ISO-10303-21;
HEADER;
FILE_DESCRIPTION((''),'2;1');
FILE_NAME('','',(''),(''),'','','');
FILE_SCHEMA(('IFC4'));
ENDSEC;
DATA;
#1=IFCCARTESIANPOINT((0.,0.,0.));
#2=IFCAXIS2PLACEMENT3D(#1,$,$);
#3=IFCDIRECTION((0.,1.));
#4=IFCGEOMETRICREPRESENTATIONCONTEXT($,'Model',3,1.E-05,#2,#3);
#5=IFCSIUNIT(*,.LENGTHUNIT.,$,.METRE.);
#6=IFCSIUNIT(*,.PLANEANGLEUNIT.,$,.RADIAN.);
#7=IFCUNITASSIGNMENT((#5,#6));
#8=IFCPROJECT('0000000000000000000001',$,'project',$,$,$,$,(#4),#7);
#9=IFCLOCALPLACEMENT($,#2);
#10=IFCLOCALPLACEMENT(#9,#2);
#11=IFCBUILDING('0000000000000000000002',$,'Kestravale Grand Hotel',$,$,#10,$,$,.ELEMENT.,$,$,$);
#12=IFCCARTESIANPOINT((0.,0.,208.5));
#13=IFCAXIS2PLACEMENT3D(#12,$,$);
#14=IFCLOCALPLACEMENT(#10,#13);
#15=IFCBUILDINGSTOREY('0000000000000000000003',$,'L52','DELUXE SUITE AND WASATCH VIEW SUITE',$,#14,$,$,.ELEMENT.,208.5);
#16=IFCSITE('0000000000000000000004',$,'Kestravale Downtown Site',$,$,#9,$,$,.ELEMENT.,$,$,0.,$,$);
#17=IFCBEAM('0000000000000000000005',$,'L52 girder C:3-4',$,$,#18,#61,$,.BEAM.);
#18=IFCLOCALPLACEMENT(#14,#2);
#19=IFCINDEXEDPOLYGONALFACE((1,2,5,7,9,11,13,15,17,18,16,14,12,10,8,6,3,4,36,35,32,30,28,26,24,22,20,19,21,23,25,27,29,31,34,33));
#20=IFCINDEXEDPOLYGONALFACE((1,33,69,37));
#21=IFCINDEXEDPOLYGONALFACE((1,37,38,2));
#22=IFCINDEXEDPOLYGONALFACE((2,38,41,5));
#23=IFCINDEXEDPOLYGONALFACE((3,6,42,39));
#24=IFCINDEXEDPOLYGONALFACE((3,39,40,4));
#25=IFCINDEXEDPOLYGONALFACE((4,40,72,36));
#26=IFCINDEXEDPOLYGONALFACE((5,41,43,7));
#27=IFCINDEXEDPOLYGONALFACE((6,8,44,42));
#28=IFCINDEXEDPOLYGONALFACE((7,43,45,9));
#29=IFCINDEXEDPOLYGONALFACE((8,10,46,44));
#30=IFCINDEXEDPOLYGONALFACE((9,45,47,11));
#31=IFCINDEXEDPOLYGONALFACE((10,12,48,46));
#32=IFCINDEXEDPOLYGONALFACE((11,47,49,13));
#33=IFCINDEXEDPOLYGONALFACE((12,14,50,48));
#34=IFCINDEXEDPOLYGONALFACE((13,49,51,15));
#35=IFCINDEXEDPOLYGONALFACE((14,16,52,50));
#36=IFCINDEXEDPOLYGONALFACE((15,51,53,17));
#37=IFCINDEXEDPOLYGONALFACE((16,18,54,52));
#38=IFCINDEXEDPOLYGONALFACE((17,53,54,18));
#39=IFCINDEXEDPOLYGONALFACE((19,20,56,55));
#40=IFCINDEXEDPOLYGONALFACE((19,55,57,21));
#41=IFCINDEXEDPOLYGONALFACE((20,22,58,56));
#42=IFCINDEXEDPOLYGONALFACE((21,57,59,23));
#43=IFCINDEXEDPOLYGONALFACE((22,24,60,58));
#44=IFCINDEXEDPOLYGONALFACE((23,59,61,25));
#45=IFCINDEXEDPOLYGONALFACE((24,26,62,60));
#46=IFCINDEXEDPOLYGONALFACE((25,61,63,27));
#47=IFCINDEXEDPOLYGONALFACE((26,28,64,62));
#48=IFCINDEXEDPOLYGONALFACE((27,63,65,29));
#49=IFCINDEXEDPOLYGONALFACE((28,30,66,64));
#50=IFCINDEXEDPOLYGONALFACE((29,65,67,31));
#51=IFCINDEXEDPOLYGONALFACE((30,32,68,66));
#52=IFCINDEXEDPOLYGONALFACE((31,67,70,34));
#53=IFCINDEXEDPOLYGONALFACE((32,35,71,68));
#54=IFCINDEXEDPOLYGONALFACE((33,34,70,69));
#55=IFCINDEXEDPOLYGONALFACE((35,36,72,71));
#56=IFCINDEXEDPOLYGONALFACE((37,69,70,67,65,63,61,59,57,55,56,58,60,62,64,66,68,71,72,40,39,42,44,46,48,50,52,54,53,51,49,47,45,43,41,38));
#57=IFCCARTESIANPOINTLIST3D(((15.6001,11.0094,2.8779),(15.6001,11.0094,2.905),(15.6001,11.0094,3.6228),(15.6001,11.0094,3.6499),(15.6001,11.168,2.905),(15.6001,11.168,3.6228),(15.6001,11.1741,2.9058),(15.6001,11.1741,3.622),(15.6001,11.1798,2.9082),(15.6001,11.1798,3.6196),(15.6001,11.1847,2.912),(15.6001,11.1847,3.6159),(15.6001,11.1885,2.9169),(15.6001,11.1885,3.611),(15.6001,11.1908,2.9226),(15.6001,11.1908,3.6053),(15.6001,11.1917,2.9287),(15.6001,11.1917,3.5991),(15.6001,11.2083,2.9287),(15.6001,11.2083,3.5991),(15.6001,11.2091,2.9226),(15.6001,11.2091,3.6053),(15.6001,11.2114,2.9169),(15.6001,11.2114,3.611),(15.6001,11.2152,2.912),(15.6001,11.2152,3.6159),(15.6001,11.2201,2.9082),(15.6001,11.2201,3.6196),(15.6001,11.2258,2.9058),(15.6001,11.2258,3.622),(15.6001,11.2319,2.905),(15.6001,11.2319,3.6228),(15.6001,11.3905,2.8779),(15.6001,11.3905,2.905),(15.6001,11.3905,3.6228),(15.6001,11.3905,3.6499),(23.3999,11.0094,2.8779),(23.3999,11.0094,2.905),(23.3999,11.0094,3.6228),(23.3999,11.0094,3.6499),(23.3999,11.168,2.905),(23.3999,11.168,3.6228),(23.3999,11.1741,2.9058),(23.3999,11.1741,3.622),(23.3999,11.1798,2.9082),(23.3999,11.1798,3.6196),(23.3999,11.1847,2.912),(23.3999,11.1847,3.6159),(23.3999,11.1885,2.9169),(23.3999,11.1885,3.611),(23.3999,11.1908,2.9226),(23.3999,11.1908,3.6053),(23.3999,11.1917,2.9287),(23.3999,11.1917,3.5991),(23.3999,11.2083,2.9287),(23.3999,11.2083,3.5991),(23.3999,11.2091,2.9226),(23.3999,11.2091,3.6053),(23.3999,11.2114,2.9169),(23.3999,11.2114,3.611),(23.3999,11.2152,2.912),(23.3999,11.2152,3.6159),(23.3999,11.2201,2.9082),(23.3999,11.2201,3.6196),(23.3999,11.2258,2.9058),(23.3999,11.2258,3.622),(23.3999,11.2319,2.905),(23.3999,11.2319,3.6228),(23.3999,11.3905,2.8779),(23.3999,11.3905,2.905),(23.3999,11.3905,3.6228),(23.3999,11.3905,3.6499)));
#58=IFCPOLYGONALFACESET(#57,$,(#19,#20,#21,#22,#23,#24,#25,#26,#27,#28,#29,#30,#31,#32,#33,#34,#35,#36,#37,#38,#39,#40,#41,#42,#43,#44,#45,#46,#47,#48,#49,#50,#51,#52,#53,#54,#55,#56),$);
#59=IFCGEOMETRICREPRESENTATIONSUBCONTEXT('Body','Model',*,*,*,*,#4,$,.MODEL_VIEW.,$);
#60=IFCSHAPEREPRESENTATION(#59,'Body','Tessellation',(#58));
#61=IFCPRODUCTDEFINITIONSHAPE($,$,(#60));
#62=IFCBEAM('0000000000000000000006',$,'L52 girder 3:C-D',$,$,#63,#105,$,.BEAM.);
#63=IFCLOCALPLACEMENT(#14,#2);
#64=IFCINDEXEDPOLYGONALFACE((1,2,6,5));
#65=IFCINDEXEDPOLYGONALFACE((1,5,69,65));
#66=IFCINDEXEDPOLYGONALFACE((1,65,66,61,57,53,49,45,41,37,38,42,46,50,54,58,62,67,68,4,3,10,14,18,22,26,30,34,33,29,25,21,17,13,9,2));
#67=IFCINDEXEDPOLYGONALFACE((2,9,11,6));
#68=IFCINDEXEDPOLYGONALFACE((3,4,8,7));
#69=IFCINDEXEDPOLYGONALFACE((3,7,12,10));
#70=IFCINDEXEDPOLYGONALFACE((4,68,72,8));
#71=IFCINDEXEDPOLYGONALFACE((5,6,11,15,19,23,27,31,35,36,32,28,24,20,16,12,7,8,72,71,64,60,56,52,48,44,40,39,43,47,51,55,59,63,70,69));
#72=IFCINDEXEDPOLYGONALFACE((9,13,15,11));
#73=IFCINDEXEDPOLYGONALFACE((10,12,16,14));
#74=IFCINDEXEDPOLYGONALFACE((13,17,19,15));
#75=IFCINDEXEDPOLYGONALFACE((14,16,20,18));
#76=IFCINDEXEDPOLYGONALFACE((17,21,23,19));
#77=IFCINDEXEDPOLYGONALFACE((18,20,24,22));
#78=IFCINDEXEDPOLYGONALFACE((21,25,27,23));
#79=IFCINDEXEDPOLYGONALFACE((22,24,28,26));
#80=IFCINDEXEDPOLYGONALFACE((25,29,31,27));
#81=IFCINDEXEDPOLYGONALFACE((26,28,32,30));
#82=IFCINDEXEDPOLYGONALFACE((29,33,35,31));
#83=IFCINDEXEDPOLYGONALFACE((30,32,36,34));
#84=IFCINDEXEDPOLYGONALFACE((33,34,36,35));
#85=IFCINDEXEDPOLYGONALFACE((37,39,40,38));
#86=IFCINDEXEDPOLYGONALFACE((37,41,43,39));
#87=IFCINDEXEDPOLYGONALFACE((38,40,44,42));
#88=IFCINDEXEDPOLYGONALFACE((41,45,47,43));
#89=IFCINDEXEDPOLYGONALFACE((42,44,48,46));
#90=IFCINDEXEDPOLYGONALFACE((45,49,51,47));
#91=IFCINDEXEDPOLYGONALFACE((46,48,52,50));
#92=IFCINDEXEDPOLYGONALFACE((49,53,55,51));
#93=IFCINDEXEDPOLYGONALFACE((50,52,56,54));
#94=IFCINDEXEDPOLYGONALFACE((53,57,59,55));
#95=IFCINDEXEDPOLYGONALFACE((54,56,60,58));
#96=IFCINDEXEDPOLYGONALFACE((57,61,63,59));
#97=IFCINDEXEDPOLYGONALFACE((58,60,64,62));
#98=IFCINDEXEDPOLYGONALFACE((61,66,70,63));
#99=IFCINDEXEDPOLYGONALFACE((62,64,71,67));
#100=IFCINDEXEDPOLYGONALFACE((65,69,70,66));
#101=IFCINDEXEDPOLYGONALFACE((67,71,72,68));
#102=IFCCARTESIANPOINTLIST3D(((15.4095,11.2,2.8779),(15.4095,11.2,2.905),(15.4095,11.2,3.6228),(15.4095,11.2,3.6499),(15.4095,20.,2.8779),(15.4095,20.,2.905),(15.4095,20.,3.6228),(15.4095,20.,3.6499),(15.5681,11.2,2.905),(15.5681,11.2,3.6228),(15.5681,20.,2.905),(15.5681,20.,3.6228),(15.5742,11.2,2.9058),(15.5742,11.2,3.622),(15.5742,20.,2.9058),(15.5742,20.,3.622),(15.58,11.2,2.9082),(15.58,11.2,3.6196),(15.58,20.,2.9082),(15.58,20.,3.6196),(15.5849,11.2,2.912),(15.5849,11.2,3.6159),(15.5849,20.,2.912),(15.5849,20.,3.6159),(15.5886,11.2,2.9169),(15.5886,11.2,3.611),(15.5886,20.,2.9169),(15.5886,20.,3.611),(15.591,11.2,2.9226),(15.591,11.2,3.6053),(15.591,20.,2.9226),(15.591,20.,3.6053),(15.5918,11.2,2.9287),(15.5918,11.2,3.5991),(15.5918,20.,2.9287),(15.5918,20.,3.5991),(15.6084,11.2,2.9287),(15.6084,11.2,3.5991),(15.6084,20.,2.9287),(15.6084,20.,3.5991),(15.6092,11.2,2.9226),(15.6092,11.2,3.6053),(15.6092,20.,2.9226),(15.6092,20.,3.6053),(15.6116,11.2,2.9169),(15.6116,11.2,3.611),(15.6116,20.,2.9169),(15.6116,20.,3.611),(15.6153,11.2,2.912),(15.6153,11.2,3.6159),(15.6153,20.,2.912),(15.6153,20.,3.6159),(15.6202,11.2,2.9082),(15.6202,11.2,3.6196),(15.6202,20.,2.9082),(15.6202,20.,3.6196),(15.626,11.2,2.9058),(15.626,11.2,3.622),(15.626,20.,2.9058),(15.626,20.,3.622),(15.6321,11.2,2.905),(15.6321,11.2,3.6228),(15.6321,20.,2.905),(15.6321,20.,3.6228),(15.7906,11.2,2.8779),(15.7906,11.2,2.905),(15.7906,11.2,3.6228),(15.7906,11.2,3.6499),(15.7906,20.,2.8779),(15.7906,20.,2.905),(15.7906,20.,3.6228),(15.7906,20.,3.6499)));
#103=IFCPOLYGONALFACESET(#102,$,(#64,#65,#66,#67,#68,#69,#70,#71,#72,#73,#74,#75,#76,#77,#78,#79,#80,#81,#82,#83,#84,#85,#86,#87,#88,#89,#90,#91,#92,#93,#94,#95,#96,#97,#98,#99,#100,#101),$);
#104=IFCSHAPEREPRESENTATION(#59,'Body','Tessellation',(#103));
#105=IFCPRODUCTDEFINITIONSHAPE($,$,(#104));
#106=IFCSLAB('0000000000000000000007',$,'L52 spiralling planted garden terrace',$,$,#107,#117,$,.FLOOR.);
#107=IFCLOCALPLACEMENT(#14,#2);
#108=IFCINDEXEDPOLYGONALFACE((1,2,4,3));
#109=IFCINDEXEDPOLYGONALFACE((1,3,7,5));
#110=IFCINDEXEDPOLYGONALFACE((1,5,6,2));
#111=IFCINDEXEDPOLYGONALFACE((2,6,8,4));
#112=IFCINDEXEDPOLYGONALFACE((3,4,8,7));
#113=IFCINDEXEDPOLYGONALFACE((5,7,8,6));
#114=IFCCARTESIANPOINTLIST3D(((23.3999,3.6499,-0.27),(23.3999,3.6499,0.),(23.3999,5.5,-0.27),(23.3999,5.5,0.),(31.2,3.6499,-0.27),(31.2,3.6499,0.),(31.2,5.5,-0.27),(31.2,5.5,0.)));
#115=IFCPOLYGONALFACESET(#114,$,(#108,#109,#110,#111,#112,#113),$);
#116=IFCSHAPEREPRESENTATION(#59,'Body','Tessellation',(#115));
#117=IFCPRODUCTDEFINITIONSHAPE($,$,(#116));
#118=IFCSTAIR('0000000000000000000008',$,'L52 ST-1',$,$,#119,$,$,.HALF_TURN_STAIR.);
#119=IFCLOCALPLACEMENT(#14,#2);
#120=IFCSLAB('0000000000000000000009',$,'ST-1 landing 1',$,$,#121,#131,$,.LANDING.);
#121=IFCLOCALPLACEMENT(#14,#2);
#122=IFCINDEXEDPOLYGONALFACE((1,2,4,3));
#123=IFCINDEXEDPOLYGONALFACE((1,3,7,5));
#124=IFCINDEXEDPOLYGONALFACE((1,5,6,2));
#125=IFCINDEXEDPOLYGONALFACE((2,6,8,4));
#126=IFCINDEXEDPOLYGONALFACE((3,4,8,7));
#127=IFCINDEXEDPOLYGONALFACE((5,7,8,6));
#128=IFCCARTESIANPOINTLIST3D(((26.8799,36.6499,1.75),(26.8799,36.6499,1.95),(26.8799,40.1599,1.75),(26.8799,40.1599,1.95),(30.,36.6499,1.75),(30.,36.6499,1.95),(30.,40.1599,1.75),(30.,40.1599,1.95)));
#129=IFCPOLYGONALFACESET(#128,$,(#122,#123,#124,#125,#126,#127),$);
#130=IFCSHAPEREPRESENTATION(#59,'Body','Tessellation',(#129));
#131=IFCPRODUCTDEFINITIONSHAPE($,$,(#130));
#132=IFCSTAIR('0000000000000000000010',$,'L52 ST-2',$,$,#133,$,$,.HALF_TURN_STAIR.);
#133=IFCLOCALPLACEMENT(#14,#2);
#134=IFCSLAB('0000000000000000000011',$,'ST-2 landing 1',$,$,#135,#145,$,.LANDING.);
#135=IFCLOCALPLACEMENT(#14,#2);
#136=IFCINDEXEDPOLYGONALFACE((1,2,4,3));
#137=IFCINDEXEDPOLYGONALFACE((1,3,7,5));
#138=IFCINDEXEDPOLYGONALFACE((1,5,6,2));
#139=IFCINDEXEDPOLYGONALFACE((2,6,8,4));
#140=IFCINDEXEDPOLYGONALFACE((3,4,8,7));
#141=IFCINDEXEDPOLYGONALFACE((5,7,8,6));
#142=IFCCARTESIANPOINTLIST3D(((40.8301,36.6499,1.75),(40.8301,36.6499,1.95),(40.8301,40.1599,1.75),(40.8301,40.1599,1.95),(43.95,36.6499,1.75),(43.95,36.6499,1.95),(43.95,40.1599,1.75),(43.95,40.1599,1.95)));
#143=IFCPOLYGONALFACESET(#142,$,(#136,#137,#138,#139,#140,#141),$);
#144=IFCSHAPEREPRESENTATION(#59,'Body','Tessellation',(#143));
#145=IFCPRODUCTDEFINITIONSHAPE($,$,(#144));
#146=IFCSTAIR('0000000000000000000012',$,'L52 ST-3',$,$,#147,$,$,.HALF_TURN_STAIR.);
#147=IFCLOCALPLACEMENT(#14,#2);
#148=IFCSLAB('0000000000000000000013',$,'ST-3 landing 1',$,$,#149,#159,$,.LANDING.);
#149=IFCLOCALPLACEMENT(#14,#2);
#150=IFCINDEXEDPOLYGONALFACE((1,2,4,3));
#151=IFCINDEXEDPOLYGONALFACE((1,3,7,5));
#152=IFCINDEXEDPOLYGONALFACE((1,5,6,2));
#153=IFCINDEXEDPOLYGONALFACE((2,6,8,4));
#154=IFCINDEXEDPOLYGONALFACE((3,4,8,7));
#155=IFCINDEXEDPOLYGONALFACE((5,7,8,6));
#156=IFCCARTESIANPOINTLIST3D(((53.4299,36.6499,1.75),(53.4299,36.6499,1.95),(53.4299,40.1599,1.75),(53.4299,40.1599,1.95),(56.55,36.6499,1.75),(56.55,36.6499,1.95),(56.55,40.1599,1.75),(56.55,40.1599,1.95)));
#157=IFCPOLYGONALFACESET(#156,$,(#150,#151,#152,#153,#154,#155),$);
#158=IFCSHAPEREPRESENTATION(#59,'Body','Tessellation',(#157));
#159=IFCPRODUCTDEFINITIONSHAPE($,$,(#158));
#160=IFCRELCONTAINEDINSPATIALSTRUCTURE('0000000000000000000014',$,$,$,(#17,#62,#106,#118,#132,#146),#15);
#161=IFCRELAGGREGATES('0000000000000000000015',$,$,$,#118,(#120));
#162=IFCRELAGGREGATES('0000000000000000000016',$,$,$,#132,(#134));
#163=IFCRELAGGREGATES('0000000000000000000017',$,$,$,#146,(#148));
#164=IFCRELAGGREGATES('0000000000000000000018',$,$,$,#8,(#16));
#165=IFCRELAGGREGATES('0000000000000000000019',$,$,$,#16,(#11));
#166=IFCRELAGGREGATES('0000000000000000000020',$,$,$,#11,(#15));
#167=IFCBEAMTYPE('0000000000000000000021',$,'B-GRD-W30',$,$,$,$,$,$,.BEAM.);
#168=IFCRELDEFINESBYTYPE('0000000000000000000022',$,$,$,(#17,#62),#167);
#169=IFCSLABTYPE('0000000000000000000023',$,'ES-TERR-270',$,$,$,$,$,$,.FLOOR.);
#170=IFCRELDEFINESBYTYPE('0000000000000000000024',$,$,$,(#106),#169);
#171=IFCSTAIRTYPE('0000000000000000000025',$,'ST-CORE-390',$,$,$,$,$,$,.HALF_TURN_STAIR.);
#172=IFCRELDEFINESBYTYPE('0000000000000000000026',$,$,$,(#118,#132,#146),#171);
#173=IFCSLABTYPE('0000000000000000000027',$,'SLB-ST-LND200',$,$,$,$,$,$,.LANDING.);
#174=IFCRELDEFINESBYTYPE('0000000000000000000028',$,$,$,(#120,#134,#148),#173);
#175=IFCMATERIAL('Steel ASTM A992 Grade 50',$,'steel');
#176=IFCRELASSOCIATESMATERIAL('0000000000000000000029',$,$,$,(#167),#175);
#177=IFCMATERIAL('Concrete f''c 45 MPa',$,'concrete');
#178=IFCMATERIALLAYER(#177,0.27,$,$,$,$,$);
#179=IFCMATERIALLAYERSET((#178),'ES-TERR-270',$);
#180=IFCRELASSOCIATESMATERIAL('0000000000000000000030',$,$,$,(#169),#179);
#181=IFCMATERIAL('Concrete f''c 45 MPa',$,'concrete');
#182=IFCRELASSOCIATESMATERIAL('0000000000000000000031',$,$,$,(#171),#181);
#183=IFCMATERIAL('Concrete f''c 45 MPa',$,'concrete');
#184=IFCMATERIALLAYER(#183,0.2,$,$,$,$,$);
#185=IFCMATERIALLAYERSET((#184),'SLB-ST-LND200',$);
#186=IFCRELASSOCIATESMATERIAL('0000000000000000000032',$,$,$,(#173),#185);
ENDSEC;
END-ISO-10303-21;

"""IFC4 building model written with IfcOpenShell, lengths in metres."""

from ifc_helpers import new_model, si_unit, direction, frame, origin, origin_2d, place, context, subcontext, project, spatial, polyline, i_section, outline, extrude, material, layer, layer_set, material_profile, profile_set, type_object, element, aggregate, save


model = new_model("IFC4")

# Units and contexts
model_context = context("Model", 3, precision=1e-05, world=origin(), true_north=direction((0.0, 1.0)))
body_context = subcontext(model_context, "Body", "Model", "MODEL_VIEW")
ifc_project = project(units=[si_unit("LENGTHUNIT", "METRE"), si_unit("PLANEANGLEUNIT", "RADIAN")], contexts=[model_context])

# Site, building, storey
site_placement = place(None, origin())
site = spatial("IfcSite", under=ifc_project, at=site_placement, Name="Kestravale Downtown Site", CompositionType="ELEMENT", RefElevation=0.0)
building_placement = place(site_placement, origin())
building = spatial("IfcBuilding", under=site, at=building_placement, Name="Kestravale Grand Hotel", CompositionType="ELEMENT")
storey_placement = place(building_placement, frame((0.0, 0.0, 208.5)))
storey = spatial("IfcBuildingStorey", under=building, at=storey_placement, Name="L52", Description="DELUXE SUITE AND WASATCH VIEW SUITE", CompositionType="ELEMENT", Elevation=208.5)

# Beams
ifc_material_1 = material(Name="Steel ASTM A992 Grade 50", Category="steel")
ifc_material_profile_1 = material_profile(ifc_material_1, i_section(OverallWidth=0.3811, OverallDepth=0.772, WebThickness=0.0166, FlangeThickness=0.0271, FilletRadius=0.0237, at=origin_2d()))
ifc_profile_set_1 = profile_set([ifc_material_profile_1], Name="Steel ASTM A992 Grade 50")
beam_type_1 = type_object("IfcBeamType", Name="B-GRD-W30", PredefinedType="BEAM", material=ifc_profile_set_1)
beam_1_placement = place(storey_placement, frame((15.6001, 11.2, 3.2639), z_axis=(1.0, 0.0, 0.0), x_axis=(0.0, 1.0, 0.0)))
element("IfcBeam", 1, at=beam_1_placement, inside=storey, type_object=beam_type_1, Name="L52 girder C:3-4", PredefinedType="BEAM", context=body_context, shape_type="SweptSolid", body=[
    extrude(i_section(OverallWidth=0.3811, OverallDepth=0.772, WebThickness=0.0166, FlangeThickness=0.0271, FilletRadius=0.0237, at=origin_2d()), origin(), (0.0, 0.0, 1.0), 7.7998),
])
beam_2_placement = place(storey_placement, frame((15.6001, 11.2, 3.2639), z_axis=(0.0, 1.0, 0.0), x_axis=(-1.0, 0.0, 0.0)))
element("IfcBeam", 2, at=beam_2_placement, inside=storey, type_object=beam_type_1, Name="L52 girder 3:C-D", PredefinedType="BEAM", context=body_context, shape_type="SweptSolid", body=[
    extrude(i_section(OverallWidth=0.3811, OverallDepth=0.772, WebThickness=0.0166, FlangeThickness=0.0271, FilletRadius=0.0237, at=origin_2d()), origin(), (0.0, 0.0, 1.0), 8.8),
])

# Slab
ifc_material_2 = material(Name="Concrete f'c 45 MPa", Category="concrete")
ifc_layer_1 = layer(ifc_material_2, 0.27)
ifc_layer_set_1 = layer_set([ifc_layer_1], Name="ES-TERR-270")
slab_type_1 = type_object("IfcSlabType", Name="ES-TERR-270", PredefinedType="FLOOR", material=ifc_layer_set_1)
slab_1_placement = place(storey_placement, frame((0.0, 0.0, -0.27)))
element("IfcSlab", 3, at=slab_1_placement, inside=storey, type_object=slab_type_1, Name="L52 spiralling planted garden terrace", PredefinedType="FLOOR", context=body_context, shape_type="SweptSolid", body=[
    extrude(outline(polyline([(23.3999, 3.6499), (31.2, 3.6499), (31.2, 5.5), (23.3999, 5.5), (23.3999, 3.6499)])), origin(), (0.0, 0.0, 1.0), 0.27),
])

# Stairs, slabs
ifc_material_3 = material(Name="Concrete f'c 45 MPa", Category="concrete")
stair_type = type_object("IfcStairType", Name="ST-CORE-390", PredefinedType="HALF_TURN_STAIR", material=ifc_material_3)
stair_1_placement = place(storey_placement, origin())
stair_1 = element("IfcStair", 4, at=stair_1_placement, inside=storey, type_object=stair_type, Name="L52 ST-1", PredefinedType="HALF_TURN_STAIR")
ifc_material_4 = material(Name="Concrete f'c 45 MPa", Category="concrete")
ifc_layer_2 = layer(ifc_material_4, 0.2)
ifc_layer_set_2 = layer_set([ifc_layer_2], Name="SLB-ST-LND200")
slab_type_2 = type_object("IfcSlabType", Name="SLB-ST-LND200", PredefinedType="LANDING", material=ifc_layer_set_2)
slab_2_placement = place(storey_placement, frame((0.0, 0.0, 1.75)))
slab_2 = element("IfcSlab", 5, at=slab_2_placement, type_object=slab_type_2, Name="ST-1 landing 1", PredefinedType="LANDING", context=body_context, shape_type="SweptSolid", body=[
    extrude(outline(polyline([(26.8799, 36.6499), (30.0, 36.6499), (30.0, 40.1599), (26.8799, 40.1599), (26.8799, 36.6499)])), origin(), (0.0, 0.0, 1.0), 0.2),
])
aggregate(stair_1, [slab_2])
stair_2_placement = place(storey_placement, origin())
stair_2 = element("IfcStair", 6, at=stair_2_placement, inside=storey, type_object=stair_type, Name="L52 ST-2", PredefinedType="HALF_TURN_STAIR")
slab_3_placement = place(storey_placement, frame((0.0, 0.0, 1.75)))
slab_3 = element("IfcSlab", 7, at=slab_3_placement, type_object=slab_type_2, Name="ST-2 landing 1", PredefinedType="LANDING", context=body_context, shape_type="SweptSolid", body=[
    extrude(outline(polyline([(40.8301, 36.6499), (43.95, 36.6499), (43.95, 40.1599), (40.8301, 40.1599), (40.8301, 36.6499)])), origin(), (0.0, 0.0, 1.0), 0.2),
])
aggregate(stair_2, [slab_3])
stair_3_placement = place(storey_placement, origin())
stair_3 = element("IfcStair", 8, at=stair_3_placement, inside=storey, type_object=stair_type, Name="L52 ST-3", PredefinedType="HALF_TURN_STAIR")
slab_4_placement = place(storey_placement, frame((0.0, 0.0, 1.75)))
slab_4 = element("IfcSlab", 9, at=slab_4_placement, type_object=slab_type_2, Name="ST-3 landing 1", PredefinedType="LANDING", context=body_context, shape_type="SweptSolid", body=[
    extrude(outline(polyline([(53.4299, 36.6499), (56.55, 36.6499), (56.55, 40.1599), (53.4299, 40.1599), (53.4299, 36.6499)])), origin(), (0.0, 0.0, 1.0), 0.2),
])
aggregate(stair_3, [slab_4])

save(model, "model.ifc")
